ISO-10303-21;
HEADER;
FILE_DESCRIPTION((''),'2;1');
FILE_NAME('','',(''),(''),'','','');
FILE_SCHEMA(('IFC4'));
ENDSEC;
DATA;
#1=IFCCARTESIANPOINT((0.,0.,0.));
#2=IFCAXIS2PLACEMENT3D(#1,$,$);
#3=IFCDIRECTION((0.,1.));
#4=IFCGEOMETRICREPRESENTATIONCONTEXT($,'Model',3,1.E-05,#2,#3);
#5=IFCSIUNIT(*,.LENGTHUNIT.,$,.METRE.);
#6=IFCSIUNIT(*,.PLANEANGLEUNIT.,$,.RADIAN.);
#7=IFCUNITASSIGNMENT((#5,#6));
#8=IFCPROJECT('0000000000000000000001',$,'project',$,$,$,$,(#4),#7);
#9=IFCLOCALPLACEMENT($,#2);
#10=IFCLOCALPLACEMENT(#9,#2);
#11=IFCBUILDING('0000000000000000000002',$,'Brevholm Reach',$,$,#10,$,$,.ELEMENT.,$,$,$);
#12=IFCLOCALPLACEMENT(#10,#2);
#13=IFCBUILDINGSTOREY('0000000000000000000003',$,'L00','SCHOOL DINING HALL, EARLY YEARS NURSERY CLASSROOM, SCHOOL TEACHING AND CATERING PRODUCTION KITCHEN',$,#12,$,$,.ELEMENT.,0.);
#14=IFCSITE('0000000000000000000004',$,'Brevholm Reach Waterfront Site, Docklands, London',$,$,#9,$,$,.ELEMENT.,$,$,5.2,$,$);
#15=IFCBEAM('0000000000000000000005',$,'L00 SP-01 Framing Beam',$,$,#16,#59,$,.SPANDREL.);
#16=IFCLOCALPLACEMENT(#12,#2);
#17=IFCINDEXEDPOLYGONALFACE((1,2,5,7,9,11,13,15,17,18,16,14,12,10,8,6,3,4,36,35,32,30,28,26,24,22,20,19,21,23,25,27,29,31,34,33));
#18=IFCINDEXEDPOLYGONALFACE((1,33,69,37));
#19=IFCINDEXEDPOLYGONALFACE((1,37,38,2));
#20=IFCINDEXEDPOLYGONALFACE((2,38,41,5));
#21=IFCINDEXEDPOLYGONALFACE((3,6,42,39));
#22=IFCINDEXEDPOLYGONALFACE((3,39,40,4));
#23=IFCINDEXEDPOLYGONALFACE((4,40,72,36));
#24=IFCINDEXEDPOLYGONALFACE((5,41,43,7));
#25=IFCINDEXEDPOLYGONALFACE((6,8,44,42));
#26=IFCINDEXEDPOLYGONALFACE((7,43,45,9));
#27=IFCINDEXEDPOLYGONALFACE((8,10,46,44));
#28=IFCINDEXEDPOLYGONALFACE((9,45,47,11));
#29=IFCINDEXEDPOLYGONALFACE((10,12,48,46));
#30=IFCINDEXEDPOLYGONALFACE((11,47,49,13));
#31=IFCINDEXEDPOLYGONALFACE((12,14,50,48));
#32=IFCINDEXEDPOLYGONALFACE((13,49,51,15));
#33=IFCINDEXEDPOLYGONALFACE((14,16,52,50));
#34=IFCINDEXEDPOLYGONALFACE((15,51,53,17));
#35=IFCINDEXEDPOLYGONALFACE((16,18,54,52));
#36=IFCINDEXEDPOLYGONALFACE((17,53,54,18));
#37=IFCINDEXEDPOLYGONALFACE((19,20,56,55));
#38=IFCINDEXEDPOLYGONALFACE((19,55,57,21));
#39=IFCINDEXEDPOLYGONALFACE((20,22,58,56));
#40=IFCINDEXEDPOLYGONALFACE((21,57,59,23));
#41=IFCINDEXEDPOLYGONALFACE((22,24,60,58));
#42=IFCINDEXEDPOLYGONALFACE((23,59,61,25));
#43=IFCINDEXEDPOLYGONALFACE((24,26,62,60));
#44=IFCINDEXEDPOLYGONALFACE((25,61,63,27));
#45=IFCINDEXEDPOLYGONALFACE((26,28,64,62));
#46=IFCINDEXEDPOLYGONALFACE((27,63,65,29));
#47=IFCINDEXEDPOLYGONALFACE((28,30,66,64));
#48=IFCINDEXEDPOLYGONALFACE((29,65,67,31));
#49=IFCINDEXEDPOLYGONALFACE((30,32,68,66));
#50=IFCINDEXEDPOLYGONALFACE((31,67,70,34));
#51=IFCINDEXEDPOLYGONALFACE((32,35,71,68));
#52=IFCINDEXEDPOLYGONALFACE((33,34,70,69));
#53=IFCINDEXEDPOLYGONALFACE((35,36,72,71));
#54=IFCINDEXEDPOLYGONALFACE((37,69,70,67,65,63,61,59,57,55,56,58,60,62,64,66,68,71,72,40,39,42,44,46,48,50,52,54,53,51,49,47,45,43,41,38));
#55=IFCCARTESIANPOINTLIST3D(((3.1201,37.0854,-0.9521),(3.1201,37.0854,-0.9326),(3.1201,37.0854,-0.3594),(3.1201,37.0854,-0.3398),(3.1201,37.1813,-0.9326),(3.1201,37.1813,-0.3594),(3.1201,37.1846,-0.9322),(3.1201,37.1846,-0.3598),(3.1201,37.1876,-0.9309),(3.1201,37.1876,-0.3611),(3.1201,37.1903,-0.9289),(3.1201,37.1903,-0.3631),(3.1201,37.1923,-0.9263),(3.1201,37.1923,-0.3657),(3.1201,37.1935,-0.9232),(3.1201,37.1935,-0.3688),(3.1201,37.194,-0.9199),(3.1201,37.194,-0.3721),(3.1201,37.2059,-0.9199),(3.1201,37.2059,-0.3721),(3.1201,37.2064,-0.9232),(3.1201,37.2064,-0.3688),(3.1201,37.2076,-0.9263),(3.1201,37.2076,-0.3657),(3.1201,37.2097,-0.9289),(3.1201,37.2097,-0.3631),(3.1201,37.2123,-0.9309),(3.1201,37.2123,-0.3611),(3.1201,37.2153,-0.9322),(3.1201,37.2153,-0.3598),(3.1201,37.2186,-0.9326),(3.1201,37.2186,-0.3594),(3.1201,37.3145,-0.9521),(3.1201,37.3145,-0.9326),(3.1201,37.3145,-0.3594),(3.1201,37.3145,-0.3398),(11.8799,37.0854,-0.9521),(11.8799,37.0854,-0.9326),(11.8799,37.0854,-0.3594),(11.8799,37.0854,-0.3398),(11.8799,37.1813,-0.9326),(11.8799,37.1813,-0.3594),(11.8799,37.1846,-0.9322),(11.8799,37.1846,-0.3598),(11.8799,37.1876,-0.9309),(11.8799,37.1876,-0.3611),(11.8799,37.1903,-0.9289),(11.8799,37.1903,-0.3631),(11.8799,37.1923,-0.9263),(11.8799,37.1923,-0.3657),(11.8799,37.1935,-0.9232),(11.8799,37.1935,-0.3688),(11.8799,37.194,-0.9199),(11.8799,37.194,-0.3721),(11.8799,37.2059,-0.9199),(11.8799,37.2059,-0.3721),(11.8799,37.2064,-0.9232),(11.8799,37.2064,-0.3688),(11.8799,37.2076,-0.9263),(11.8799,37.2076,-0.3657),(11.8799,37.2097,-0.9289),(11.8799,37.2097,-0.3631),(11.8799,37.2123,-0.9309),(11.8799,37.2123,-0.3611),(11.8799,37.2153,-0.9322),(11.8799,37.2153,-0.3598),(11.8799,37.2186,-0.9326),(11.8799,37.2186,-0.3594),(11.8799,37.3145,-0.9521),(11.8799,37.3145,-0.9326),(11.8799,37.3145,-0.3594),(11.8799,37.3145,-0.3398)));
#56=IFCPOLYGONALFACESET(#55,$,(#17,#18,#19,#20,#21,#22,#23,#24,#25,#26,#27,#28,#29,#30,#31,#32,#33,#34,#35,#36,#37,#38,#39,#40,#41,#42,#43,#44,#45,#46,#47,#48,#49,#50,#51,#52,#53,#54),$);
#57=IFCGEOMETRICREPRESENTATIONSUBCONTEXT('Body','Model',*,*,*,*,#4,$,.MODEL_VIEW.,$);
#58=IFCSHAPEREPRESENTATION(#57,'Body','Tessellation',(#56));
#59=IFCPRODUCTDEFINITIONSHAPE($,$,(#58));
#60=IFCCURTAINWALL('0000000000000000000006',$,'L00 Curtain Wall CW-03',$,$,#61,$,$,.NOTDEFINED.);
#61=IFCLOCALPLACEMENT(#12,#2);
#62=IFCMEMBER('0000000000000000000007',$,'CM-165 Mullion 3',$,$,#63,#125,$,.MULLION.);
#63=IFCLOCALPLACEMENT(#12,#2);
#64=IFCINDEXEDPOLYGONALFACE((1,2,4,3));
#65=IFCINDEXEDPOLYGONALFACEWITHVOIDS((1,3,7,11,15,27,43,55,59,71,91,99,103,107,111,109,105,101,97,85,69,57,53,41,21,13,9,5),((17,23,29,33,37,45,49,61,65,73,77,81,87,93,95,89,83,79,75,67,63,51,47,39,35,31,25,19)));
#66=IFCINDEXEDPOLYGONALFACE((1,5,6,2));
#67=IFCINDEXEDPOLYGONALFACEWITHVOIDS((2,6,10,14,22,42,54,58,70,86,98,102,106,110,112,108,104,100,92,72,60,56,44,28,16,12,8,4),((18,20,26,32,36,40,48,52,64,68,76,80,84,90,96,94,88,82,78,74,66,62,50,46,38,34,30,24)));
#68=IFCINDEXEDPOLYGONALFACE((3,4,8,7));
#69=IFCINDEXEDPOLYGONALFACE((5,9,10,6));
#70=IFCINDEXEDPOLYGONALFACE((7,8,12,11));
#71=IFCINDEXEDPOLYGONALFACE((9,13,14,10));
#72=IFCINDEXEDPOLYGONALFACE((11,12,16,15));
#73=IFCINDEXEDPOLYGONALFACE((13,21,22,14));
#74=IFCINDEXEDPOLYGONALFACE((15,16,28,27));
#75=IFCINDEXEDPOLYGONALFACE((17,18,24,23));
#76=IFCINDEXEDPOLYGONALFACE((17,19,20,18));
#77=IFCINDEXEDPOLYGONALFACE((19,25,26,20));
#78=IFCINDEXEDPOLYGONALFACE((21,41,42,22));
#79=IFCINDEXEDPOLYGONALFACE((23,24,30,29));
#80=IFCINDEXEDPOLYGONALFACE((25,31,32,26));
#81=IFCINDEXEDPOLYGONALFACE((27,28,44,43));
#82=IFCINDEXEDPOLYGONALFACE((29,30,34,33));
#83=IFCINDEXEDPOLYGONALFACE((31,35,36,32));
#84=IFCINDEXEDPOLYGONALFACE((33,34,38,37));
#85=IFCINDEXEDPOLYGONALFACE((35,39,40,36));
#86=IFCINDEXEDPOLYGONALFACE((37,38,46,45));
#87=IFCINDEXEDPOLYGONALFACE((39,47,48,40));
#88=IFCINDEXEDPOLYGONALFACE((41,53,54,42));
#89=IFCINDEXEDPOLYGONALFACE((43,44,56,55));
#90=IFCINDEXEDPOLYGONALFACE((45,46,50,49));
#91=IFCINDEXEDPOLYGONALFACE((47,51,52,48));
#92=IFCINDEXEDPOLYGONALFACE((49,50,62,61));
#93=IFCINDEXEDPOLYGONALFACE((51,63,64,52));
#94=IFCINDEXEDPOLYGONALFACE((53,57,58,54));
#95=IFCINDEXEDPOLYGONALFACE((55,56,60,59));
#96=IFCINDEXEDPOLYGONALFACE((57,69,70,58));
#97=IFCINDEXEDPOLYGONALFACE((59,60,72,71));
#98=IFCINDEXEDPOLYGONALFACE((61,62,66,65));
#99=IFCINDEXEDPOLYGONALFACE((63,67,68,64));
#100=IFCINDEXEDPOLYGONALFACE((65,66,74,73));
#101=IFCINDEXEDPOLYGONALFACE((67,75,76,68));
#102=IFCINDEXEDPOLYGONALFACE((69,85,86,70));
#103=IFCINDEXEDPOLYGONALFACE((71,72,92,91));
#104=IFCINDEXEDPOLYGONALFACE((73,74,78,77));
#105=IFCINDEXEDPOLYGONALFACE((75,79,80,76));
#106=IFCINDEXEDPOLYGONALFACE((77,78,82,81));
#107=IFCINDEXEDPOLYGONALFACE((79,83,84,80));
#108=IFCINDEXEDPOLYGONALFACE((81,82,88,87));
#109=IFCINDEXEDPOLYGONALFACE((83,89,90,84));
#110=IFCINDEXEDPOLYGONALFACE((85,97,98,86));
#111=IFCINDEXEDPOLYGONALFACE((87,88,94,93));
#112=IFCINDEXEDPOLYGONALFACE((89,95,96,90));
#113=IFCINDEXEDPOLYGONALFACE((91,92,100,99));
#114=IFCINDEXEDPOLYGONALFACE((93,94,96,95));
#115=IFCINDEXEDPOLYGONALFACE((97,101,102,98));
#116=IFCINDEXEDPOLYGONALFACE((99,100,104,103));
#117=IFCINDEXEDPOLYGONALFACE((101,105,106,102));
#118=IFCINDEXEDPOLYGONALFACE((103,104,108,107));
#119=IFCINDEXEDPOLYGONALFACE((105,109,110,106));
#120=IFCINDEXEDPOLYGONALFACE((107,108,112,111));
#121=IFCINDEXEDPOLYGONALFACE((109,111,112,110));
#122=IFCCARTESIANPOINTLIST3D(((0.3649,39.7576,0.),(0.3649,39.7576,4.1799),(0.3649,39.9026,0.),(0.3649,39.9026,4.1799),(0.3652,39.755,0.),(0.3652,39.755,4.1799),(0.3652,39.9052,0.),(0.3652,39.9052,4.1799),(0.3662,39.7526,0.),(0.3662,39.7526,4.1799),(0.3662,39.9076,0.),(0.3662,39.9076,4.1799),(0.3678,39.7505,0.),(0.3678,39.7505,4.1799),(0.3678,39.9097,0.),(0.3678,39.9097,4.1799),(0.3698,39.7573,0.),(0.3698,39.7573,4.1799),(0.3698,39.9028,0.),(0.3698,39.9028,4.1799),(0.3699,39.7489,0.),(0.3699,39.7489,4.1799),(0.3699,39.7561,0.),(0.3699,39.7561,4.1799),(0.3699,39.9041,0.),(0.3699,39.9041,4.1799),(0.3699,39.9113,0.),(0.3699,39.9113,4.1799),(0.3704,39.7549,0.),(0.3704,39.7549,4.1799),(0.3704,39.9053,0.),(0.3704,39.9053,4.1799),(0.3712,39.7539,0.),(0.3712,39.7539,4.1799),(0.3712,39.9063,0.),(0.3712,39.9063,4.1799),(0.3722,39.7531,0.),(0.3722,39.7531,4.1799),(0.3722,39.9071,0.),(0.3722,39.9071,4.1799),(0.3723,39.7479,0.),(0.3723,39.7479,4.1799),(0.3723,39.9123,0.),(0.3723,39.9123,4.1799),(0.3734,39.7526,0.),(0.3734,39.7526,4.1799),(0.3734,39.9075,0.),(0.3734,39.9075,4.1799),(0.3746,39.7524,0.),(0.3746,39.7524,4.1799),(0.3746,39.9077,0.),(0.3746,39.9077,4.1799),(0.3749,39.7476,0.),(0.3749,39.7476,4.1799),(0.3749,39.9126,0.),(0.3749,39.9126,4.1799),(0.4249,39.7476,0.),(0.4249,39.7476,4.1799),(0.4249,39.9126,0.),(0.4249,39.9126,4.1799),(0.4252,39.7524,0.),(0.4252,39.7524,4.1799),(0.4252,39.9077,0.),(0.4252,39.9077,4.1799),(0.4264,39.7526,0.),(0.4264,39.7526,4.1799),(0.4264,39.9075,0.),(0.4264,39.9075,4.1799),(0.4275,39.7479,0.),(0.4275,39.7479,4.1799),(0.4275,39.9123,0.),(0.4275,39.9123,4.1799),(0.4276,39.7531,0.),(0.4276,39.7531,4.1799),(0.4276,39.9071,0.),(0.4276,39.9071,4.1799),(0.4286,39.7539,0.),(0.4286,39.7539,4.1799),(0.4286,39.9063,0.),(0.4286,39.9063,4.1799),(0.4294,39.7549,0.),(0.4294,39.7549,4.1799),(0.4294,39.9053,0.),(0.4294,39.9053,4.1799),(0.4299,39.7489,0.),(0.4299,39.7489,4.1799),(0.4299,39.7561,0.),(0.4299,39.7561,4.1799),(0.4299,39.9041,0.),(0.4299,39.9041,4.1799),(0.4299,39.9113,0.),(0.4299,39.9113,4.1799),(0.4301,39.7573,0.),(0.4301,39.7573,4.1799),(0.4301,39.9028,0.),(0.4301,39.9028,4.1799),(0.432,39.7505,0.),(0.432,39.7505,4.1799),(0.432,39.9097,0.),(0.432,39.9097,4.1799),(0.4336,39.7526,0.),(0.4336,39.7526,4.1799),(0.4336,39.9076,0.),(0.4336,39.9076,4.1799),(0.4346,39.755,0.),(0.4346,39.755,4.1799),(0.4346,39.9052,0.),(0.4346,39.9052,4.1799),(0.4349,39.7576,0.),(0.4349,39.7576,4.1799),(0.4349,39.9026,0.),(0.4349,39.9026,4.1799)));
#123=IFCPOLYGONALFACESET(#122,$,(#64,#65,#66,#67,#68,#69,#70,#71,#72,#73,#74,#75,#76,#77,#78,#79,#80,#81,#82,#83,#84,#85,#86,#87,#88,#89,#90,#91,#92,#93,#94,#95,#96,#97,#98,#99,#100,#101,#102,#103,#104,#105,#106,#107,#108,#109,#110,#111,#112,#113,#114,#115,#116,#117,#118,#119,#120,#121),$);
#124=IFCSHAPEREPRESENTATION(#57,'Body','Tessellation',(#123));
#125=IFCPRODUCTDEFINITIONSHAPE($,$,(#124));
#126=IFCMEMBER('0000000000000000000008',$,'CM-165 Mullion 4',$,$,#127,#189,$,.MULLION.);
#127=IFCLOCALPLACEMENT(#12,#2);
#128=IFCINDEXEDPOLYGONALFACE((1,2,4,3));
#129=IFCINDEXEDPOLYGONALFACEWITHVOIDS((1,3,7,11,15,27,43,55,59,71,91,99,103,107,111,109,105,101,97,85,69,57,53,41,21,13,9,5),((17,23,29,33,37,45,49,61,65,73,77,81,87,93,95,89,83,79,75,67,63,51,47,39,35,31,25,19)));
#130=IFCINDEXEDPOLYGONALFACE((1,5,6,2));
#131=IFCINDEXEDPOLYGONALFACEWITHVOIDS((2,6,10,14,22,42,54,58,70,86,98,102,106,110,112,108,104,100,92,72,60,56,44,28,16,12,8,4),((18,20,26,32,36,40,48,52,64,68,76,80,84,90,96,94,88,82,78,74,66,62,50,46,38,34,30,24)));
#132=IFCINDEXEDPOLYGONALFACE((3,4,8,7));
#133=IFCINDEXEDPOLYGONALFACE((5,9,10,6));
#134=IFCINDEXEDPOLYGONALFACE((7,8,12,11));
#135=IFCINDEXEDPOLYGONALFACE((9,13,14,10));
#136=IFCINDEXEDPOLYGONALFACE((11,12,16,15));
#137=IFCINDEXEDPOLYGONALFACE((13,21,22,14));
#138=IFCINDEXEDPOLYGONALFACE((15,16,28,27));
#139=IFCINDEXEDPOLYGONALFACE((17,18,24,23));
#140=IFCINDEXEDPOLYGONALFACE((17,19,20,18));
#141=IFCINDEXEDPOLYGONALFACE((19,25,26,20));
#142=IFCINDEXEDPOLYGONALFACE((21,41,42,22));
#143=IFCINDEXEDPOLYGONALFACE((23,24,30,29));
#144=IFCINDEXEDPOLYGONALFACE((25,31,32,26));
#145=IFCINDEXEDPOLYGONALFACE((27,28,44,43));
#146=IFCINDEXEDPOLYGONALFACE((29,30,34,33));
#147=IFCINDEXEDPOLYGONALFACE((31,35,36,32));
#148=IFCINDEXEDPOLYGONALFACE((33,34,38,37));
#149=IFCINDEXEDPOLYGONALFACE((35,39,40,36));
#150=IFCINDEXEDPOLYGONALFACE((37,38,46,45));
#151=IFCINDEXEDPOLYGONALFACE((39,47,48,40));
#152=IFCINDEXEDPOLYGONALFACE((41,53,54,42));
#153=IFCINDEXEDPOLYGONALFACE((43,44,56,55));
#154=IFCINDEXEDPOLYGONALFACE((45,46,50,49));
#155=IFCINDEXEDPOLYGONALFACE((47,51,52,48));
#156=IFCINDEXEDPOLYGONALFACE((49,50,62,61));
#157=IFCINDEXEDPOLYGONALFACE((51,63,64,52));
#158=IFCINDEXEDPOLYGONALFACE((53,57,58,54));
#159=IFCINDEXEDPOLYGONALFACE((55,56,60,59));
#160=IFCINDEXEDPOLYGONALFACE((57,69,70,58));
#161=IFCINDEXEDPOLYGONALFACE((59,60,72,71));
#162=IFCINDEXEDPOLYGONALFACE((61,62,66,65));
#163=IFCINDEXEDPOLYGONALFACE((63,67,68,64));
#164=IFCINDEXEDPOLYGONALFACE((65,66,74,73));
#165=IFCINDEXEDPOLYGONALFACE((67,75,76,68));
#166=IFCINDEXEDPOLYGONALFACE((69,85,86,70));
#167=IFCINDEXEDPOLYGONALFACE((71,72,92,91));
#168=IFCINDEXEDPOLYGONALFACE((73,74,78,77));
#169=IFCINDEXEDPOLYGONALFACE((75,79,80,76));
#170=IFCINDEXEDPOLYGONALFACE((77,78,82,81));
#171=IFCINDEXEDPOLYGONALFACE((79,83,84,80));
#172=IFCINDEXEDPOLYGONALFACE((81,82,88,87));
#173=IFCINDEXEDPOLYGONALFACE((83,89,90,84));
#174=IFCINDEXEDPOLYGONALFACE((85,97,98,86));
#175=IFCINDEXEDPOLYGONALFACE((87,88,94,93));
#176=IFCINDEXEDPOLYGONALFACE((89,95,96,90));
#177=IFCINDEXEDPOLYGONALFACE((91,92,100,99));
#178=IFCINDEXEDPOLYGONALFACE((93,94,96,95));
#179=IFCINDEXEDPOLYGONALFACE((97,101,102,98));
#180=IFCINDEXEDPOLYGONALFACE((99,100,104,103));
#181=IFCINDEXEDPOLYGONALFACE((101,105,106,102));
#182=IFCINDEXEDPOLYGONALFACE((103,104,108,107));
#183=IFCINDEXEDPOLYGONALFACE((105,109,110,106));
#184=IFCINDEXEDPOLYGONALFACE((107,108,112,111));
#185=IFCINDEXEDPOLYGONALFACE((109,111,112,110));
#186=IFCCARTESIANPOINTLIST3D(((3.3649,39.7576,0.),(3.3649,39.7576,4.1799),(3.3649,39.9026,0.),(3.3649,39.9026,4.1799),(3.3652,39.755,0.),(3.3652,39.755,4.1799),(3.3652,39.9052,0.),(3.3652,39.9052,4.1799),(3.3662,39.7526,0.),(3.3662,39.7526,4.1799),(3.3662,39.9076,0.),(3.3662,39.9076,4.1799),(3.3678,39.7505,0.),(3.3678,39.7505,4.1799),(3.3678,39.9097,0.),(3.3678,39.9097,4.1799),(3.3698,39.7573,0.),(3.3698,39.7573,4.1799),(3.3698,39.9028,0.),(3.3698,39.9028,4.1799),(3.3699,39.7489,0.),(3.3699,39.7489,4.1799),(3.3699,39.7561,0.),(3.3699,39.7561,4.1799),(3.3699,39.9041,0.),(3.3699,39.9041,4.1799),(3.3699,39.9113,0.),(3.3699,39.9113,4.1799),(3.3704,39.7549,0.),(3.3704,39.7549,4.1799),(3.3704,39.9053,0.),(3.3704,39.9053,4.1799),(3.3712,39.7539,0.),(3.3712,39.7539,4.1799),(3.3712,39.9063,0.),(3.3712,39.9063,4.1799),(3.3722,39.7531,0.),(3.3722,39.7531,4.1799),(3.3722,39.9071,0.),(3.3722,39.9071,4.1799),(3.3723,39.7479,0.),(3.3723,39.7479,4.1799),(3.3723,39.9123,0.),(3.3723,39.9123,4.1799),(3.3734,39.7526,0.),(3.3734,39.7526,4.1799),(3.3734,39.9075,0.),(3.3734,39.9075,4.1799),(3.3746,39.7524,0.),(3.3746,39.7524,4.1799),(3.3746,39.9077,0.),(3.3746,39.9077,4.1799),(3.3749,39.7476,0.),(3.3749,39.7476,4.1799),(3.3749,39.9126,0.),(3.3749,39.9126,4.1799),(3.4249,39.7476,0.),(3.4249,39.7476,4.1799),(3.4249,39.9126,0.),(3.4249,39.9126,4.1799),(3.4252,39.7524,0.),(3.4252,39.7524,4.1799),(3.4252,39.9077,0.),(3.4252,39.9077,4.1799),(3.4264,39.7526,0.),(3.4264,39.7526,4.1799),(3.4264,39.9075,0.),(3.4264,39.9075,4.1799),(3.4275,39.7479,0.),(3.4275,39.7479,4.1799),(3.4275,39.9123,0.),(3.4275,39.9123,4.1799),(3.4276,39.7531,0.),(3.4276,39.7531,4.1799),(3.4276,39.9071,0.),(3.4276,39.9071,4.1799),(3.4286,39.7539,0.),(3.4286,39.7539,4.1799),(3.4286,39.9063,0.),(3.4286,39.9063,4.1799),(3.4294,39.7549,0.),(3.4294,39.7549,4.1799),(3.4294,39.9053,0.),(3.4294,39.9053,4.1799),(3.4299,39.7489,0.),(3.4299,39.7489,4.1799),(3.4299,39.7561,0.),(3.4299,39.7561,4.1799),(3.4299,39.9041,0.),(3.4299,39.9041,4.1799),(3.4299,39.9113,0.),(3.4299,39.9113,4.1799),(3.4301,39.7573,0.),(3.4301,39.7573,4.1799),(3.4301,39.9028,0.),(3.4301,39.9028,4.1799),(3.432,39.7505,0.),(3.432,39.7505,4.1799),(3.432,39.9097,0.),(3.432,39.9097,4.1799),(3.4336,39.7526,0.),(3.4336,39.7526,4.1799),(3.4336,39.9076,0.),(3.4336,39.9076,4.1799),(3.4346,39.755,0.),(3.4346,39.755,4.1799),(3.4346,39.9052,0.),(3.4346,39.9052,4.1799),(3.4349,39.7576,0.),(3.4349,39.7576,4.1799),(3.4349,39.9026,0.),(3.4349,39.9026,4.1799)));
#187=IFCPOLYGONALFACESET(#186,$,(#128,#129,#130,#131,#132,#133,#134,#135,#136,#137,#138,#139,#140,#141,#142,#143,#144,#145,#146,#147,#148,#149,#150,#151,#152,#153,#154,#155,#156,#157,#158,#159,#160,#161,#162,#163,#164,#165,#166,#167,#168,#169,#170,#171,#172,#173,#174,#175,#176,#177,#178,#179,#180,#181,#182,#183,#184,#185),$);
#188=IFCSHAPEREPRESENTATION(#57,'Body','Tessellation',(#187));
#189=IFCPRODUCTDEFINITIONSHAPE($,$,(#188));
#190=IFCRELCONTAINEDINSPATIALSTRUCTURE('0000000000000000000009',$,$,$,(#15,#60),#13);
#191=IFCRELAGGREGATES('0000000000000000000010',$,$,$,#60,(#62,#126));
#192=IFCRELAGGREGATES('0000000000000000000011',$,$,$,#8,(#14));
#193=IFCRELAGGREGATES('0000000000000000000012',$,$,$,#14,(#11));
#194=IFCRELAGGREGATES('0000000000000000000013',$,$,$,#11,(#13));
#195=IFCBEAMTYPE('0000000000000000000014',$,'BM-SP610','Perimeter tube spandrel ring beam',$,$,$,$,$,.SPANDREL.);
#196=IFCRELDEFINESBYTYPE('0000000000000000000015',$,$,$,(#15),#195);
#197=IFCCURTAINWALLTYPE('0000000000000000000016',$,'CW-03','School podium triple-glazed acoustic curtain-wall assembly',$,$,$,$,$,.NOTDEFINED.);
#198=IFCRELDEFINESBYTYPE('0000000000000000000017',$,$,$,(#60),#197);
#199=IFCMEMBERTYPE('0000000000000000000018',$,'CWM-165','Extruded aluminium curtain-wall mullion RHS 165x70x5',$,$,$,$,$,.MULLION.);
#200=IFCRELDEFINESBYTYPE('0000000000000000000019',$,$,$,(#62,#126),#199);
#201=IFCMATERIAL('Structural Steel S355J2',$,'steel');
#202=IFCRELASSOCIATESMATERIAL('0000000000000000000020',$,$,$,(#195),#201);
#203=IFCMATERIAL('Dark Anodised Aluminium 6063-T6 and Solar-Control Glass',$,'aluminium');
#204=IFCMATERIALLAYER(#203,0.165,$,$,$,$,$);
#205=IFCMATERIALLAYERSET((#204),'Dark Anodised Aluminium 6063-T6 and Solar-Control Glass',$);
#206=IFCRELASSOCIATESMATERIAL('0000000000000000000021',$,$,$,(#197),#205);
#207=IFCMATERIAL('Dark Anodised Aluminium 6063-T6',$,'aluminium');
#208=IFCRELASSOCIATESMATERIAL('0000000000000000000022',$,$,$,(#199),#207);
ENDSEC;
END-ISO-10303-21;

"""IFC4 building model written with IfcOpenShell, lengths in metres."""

from ifc_helpers import new_model, si_unit, direction, frame, origin, origin_2d, place, context, subcontext, project, spatial, hollow_rectangle, i_section, extrude, material, layer, layer_set, material_profile, profile_set, type_object, element, aggregate, save


model = new_model("IFC4")

# Units and contexts
model_context = context("Model", 3, precision=1e-05, world=origin(), true_north=direction((0.0, 1.0)))
body_context = subcontext(model_context, "Body", "Model", "MODEL_VIEW")
ifc_project = project(units=[si_unit("LENGTHUNIT", "METRE"), si_unit("PLANEANGLEUNIT", "RADIAN")], contexts=[model_context])

# Site, building, storey
site_placement = place(None, origin())
site = spatial("IfcSite", under=ifc_project, at=site_placement, Name="Brevholm Reach Waterfront Site, Docklands, London", CompositionType="ELEMENT", RefElevation=5.2)
building_placement = place(site_placement, origin())
building = spatial("IfcBuilding", under=site, at=building_placement, Name="Brevholm Reach", CompositionType="ELEMENT")
storey_placement = place(building_placement, origin())
storey = spatial("IfcBuildingStorey", under=building, at=storey_placement, Name="L00", Description="SCHOOL DINING HALL, EARLY YEARS NURSERY CLASSROOM, SCHOOL TEACHING AND CATERING PRODUCTION KITCHEN", CompositionType="ELEMENT", Elevation=0.0)

# Beam
ifc_material_1 = material(Name="Structural Steel S355J2", Category="steel")
ifc_material_profile_1 = material_profile(ifc_material_1, i_section(OverallWidth=0.229, OverallDepth=0.6123, WebThickness=0.012, FlangeThickness=0.0195, FilletRadius=0.0127, at=origin_2d()), Name="UKB 610x229x125")
ifc_profile_set_1 = profile_set([ifc_material_profile_1], Name="Structural Steel S355J2")
beam_type = type_object("IfcBeamType", Name="BM-SP610", Description="Perimeter tube spandrel ring beam", PredefinedType="SPANDREL", material=ifc_profile_set_1)
beam_1_placement = place(storey_placement, frame((3.1201, 37.2, -0.646), z_axis=(1.0, 0.0, 0.0), x_axis=(0.0, 1.0, 0.0)))
element("IfcBeam", 1, at=beam_1_placement, inside=storey, type_object=beam_type, Name="L00 SP-01 Framing Beam", PredefinedType="SPANDREL", context=body_context, shape_type="SweptSolid", body=[
    extrude(i_section(OverallWidth=0.229, OverallDepth=0.6123, WebThickness=0.012, FlangeThickness=0.0195, FilletRadius=0.0127, at=origin_2d()), origin(), (0.0, 0.0, 1.0), 8.7598),
])

# Curtain wall, members
ifc_material_2 = material(Name="Dark Anodised Aluminium 6063-T6 and Solar-Control Glass", Category="aluminium")
ifc_layer_1 = layer(ifc_material_2, 0.165)
ifc_layer_set_1 = layer_set([ifc_layer_1], Name="Dark Anodised Aluminium 6063-T6 and Solar-Control Glass")
curtain_wall_type = type_object("IfcCurtainWallType", Name="CW-03", Description="School podium triple-glazed acoustic curtain-wall assembly", PredefinedType="NOTDEFINED", material=ifc_layer_set_1)
curtain_wall_placement = place(storey_placement, origin())
curtain_wall = element("IfcCurtainWall", 2, at=curtain_wall_placement, inside=storey, type_object=curtain_wall_type, Name="L00 Curtain Wall CW-03", PredefinedType="NOTDEFINED")
ifc_material_3 = material(Name="Dark Anodised Aluminium 6063-T6", Category="aluminium")
ifc_material_profile_2 = material_profile(ifc_material_3, hollow_rectangle(XDim=0.0701, YDim=0.165, WallThickness=0.0049, InnerFilletRadius=0.0049, OuterFilletRadius=0.01, at=origin_2d()), Name="RHS 165x70x5")
ifc_profile_set_2 = profile_set([ifc_material_profile_2], Name="Dark Anodised Aluminium 6063-T6")
member_type_1 = type_object("IfcMemberType", Name="CWM-165", Description="Extruded aluminium curtain-wall mullion RHS 165x70x5", PredefinedType="MULLION", material=ifc_profile_set_2)
member_1_placement = place(storey_placement, frame((0.3999, 39.8301, 0.0), z_axis=(0.0, 0.0, 1.0), x_axis=(1.0, 0.0, 0.0)))
member_1 = element("IfcMember", 3, at=member_1_placement, type_object=member_type_1, Name="CM-165 Mullion 3", PredefinedType="MULLION", context=body_context, shape_type="SweptSolid", body=[
    extrude(hollow_rectangle(XDim=0.0701, YDim=0.165, WallThickness=0.0049, InnerFilletRadius=0.0049, OuterFilletRadius=0.01, at=origin_2d()), origin(), (0.0, 0.0, 1.0), 4.1799),
])
member_2_placement = place(storey_placement, frame((3.3999, 39.8301, 0.0), z_axis=(0.0, 0.0, 1.0), x_axis=(1.0, 0.0, 0.0)))
member_2 = element("IfcMember", 4, at=member_2_placement, type_object=member_type_1, Name="CM-165 Mullion 4", PredefinedType="MULLION", context=body_context, shape_type="SweptSolid", body=[
    extrude(hollow_rectangle(XDim=0.0701, YDim=0.165, WallThickness=0.0049, InnerFilletRadius=0.0049, OuterFilletRadius=0.01, at=origin_2d()), origin(), (0.0, 0.0, 1.0), 4.1799),
])
aggregate(curtain_wall, [member_1, member_2])

save(model, "model.ifc")
